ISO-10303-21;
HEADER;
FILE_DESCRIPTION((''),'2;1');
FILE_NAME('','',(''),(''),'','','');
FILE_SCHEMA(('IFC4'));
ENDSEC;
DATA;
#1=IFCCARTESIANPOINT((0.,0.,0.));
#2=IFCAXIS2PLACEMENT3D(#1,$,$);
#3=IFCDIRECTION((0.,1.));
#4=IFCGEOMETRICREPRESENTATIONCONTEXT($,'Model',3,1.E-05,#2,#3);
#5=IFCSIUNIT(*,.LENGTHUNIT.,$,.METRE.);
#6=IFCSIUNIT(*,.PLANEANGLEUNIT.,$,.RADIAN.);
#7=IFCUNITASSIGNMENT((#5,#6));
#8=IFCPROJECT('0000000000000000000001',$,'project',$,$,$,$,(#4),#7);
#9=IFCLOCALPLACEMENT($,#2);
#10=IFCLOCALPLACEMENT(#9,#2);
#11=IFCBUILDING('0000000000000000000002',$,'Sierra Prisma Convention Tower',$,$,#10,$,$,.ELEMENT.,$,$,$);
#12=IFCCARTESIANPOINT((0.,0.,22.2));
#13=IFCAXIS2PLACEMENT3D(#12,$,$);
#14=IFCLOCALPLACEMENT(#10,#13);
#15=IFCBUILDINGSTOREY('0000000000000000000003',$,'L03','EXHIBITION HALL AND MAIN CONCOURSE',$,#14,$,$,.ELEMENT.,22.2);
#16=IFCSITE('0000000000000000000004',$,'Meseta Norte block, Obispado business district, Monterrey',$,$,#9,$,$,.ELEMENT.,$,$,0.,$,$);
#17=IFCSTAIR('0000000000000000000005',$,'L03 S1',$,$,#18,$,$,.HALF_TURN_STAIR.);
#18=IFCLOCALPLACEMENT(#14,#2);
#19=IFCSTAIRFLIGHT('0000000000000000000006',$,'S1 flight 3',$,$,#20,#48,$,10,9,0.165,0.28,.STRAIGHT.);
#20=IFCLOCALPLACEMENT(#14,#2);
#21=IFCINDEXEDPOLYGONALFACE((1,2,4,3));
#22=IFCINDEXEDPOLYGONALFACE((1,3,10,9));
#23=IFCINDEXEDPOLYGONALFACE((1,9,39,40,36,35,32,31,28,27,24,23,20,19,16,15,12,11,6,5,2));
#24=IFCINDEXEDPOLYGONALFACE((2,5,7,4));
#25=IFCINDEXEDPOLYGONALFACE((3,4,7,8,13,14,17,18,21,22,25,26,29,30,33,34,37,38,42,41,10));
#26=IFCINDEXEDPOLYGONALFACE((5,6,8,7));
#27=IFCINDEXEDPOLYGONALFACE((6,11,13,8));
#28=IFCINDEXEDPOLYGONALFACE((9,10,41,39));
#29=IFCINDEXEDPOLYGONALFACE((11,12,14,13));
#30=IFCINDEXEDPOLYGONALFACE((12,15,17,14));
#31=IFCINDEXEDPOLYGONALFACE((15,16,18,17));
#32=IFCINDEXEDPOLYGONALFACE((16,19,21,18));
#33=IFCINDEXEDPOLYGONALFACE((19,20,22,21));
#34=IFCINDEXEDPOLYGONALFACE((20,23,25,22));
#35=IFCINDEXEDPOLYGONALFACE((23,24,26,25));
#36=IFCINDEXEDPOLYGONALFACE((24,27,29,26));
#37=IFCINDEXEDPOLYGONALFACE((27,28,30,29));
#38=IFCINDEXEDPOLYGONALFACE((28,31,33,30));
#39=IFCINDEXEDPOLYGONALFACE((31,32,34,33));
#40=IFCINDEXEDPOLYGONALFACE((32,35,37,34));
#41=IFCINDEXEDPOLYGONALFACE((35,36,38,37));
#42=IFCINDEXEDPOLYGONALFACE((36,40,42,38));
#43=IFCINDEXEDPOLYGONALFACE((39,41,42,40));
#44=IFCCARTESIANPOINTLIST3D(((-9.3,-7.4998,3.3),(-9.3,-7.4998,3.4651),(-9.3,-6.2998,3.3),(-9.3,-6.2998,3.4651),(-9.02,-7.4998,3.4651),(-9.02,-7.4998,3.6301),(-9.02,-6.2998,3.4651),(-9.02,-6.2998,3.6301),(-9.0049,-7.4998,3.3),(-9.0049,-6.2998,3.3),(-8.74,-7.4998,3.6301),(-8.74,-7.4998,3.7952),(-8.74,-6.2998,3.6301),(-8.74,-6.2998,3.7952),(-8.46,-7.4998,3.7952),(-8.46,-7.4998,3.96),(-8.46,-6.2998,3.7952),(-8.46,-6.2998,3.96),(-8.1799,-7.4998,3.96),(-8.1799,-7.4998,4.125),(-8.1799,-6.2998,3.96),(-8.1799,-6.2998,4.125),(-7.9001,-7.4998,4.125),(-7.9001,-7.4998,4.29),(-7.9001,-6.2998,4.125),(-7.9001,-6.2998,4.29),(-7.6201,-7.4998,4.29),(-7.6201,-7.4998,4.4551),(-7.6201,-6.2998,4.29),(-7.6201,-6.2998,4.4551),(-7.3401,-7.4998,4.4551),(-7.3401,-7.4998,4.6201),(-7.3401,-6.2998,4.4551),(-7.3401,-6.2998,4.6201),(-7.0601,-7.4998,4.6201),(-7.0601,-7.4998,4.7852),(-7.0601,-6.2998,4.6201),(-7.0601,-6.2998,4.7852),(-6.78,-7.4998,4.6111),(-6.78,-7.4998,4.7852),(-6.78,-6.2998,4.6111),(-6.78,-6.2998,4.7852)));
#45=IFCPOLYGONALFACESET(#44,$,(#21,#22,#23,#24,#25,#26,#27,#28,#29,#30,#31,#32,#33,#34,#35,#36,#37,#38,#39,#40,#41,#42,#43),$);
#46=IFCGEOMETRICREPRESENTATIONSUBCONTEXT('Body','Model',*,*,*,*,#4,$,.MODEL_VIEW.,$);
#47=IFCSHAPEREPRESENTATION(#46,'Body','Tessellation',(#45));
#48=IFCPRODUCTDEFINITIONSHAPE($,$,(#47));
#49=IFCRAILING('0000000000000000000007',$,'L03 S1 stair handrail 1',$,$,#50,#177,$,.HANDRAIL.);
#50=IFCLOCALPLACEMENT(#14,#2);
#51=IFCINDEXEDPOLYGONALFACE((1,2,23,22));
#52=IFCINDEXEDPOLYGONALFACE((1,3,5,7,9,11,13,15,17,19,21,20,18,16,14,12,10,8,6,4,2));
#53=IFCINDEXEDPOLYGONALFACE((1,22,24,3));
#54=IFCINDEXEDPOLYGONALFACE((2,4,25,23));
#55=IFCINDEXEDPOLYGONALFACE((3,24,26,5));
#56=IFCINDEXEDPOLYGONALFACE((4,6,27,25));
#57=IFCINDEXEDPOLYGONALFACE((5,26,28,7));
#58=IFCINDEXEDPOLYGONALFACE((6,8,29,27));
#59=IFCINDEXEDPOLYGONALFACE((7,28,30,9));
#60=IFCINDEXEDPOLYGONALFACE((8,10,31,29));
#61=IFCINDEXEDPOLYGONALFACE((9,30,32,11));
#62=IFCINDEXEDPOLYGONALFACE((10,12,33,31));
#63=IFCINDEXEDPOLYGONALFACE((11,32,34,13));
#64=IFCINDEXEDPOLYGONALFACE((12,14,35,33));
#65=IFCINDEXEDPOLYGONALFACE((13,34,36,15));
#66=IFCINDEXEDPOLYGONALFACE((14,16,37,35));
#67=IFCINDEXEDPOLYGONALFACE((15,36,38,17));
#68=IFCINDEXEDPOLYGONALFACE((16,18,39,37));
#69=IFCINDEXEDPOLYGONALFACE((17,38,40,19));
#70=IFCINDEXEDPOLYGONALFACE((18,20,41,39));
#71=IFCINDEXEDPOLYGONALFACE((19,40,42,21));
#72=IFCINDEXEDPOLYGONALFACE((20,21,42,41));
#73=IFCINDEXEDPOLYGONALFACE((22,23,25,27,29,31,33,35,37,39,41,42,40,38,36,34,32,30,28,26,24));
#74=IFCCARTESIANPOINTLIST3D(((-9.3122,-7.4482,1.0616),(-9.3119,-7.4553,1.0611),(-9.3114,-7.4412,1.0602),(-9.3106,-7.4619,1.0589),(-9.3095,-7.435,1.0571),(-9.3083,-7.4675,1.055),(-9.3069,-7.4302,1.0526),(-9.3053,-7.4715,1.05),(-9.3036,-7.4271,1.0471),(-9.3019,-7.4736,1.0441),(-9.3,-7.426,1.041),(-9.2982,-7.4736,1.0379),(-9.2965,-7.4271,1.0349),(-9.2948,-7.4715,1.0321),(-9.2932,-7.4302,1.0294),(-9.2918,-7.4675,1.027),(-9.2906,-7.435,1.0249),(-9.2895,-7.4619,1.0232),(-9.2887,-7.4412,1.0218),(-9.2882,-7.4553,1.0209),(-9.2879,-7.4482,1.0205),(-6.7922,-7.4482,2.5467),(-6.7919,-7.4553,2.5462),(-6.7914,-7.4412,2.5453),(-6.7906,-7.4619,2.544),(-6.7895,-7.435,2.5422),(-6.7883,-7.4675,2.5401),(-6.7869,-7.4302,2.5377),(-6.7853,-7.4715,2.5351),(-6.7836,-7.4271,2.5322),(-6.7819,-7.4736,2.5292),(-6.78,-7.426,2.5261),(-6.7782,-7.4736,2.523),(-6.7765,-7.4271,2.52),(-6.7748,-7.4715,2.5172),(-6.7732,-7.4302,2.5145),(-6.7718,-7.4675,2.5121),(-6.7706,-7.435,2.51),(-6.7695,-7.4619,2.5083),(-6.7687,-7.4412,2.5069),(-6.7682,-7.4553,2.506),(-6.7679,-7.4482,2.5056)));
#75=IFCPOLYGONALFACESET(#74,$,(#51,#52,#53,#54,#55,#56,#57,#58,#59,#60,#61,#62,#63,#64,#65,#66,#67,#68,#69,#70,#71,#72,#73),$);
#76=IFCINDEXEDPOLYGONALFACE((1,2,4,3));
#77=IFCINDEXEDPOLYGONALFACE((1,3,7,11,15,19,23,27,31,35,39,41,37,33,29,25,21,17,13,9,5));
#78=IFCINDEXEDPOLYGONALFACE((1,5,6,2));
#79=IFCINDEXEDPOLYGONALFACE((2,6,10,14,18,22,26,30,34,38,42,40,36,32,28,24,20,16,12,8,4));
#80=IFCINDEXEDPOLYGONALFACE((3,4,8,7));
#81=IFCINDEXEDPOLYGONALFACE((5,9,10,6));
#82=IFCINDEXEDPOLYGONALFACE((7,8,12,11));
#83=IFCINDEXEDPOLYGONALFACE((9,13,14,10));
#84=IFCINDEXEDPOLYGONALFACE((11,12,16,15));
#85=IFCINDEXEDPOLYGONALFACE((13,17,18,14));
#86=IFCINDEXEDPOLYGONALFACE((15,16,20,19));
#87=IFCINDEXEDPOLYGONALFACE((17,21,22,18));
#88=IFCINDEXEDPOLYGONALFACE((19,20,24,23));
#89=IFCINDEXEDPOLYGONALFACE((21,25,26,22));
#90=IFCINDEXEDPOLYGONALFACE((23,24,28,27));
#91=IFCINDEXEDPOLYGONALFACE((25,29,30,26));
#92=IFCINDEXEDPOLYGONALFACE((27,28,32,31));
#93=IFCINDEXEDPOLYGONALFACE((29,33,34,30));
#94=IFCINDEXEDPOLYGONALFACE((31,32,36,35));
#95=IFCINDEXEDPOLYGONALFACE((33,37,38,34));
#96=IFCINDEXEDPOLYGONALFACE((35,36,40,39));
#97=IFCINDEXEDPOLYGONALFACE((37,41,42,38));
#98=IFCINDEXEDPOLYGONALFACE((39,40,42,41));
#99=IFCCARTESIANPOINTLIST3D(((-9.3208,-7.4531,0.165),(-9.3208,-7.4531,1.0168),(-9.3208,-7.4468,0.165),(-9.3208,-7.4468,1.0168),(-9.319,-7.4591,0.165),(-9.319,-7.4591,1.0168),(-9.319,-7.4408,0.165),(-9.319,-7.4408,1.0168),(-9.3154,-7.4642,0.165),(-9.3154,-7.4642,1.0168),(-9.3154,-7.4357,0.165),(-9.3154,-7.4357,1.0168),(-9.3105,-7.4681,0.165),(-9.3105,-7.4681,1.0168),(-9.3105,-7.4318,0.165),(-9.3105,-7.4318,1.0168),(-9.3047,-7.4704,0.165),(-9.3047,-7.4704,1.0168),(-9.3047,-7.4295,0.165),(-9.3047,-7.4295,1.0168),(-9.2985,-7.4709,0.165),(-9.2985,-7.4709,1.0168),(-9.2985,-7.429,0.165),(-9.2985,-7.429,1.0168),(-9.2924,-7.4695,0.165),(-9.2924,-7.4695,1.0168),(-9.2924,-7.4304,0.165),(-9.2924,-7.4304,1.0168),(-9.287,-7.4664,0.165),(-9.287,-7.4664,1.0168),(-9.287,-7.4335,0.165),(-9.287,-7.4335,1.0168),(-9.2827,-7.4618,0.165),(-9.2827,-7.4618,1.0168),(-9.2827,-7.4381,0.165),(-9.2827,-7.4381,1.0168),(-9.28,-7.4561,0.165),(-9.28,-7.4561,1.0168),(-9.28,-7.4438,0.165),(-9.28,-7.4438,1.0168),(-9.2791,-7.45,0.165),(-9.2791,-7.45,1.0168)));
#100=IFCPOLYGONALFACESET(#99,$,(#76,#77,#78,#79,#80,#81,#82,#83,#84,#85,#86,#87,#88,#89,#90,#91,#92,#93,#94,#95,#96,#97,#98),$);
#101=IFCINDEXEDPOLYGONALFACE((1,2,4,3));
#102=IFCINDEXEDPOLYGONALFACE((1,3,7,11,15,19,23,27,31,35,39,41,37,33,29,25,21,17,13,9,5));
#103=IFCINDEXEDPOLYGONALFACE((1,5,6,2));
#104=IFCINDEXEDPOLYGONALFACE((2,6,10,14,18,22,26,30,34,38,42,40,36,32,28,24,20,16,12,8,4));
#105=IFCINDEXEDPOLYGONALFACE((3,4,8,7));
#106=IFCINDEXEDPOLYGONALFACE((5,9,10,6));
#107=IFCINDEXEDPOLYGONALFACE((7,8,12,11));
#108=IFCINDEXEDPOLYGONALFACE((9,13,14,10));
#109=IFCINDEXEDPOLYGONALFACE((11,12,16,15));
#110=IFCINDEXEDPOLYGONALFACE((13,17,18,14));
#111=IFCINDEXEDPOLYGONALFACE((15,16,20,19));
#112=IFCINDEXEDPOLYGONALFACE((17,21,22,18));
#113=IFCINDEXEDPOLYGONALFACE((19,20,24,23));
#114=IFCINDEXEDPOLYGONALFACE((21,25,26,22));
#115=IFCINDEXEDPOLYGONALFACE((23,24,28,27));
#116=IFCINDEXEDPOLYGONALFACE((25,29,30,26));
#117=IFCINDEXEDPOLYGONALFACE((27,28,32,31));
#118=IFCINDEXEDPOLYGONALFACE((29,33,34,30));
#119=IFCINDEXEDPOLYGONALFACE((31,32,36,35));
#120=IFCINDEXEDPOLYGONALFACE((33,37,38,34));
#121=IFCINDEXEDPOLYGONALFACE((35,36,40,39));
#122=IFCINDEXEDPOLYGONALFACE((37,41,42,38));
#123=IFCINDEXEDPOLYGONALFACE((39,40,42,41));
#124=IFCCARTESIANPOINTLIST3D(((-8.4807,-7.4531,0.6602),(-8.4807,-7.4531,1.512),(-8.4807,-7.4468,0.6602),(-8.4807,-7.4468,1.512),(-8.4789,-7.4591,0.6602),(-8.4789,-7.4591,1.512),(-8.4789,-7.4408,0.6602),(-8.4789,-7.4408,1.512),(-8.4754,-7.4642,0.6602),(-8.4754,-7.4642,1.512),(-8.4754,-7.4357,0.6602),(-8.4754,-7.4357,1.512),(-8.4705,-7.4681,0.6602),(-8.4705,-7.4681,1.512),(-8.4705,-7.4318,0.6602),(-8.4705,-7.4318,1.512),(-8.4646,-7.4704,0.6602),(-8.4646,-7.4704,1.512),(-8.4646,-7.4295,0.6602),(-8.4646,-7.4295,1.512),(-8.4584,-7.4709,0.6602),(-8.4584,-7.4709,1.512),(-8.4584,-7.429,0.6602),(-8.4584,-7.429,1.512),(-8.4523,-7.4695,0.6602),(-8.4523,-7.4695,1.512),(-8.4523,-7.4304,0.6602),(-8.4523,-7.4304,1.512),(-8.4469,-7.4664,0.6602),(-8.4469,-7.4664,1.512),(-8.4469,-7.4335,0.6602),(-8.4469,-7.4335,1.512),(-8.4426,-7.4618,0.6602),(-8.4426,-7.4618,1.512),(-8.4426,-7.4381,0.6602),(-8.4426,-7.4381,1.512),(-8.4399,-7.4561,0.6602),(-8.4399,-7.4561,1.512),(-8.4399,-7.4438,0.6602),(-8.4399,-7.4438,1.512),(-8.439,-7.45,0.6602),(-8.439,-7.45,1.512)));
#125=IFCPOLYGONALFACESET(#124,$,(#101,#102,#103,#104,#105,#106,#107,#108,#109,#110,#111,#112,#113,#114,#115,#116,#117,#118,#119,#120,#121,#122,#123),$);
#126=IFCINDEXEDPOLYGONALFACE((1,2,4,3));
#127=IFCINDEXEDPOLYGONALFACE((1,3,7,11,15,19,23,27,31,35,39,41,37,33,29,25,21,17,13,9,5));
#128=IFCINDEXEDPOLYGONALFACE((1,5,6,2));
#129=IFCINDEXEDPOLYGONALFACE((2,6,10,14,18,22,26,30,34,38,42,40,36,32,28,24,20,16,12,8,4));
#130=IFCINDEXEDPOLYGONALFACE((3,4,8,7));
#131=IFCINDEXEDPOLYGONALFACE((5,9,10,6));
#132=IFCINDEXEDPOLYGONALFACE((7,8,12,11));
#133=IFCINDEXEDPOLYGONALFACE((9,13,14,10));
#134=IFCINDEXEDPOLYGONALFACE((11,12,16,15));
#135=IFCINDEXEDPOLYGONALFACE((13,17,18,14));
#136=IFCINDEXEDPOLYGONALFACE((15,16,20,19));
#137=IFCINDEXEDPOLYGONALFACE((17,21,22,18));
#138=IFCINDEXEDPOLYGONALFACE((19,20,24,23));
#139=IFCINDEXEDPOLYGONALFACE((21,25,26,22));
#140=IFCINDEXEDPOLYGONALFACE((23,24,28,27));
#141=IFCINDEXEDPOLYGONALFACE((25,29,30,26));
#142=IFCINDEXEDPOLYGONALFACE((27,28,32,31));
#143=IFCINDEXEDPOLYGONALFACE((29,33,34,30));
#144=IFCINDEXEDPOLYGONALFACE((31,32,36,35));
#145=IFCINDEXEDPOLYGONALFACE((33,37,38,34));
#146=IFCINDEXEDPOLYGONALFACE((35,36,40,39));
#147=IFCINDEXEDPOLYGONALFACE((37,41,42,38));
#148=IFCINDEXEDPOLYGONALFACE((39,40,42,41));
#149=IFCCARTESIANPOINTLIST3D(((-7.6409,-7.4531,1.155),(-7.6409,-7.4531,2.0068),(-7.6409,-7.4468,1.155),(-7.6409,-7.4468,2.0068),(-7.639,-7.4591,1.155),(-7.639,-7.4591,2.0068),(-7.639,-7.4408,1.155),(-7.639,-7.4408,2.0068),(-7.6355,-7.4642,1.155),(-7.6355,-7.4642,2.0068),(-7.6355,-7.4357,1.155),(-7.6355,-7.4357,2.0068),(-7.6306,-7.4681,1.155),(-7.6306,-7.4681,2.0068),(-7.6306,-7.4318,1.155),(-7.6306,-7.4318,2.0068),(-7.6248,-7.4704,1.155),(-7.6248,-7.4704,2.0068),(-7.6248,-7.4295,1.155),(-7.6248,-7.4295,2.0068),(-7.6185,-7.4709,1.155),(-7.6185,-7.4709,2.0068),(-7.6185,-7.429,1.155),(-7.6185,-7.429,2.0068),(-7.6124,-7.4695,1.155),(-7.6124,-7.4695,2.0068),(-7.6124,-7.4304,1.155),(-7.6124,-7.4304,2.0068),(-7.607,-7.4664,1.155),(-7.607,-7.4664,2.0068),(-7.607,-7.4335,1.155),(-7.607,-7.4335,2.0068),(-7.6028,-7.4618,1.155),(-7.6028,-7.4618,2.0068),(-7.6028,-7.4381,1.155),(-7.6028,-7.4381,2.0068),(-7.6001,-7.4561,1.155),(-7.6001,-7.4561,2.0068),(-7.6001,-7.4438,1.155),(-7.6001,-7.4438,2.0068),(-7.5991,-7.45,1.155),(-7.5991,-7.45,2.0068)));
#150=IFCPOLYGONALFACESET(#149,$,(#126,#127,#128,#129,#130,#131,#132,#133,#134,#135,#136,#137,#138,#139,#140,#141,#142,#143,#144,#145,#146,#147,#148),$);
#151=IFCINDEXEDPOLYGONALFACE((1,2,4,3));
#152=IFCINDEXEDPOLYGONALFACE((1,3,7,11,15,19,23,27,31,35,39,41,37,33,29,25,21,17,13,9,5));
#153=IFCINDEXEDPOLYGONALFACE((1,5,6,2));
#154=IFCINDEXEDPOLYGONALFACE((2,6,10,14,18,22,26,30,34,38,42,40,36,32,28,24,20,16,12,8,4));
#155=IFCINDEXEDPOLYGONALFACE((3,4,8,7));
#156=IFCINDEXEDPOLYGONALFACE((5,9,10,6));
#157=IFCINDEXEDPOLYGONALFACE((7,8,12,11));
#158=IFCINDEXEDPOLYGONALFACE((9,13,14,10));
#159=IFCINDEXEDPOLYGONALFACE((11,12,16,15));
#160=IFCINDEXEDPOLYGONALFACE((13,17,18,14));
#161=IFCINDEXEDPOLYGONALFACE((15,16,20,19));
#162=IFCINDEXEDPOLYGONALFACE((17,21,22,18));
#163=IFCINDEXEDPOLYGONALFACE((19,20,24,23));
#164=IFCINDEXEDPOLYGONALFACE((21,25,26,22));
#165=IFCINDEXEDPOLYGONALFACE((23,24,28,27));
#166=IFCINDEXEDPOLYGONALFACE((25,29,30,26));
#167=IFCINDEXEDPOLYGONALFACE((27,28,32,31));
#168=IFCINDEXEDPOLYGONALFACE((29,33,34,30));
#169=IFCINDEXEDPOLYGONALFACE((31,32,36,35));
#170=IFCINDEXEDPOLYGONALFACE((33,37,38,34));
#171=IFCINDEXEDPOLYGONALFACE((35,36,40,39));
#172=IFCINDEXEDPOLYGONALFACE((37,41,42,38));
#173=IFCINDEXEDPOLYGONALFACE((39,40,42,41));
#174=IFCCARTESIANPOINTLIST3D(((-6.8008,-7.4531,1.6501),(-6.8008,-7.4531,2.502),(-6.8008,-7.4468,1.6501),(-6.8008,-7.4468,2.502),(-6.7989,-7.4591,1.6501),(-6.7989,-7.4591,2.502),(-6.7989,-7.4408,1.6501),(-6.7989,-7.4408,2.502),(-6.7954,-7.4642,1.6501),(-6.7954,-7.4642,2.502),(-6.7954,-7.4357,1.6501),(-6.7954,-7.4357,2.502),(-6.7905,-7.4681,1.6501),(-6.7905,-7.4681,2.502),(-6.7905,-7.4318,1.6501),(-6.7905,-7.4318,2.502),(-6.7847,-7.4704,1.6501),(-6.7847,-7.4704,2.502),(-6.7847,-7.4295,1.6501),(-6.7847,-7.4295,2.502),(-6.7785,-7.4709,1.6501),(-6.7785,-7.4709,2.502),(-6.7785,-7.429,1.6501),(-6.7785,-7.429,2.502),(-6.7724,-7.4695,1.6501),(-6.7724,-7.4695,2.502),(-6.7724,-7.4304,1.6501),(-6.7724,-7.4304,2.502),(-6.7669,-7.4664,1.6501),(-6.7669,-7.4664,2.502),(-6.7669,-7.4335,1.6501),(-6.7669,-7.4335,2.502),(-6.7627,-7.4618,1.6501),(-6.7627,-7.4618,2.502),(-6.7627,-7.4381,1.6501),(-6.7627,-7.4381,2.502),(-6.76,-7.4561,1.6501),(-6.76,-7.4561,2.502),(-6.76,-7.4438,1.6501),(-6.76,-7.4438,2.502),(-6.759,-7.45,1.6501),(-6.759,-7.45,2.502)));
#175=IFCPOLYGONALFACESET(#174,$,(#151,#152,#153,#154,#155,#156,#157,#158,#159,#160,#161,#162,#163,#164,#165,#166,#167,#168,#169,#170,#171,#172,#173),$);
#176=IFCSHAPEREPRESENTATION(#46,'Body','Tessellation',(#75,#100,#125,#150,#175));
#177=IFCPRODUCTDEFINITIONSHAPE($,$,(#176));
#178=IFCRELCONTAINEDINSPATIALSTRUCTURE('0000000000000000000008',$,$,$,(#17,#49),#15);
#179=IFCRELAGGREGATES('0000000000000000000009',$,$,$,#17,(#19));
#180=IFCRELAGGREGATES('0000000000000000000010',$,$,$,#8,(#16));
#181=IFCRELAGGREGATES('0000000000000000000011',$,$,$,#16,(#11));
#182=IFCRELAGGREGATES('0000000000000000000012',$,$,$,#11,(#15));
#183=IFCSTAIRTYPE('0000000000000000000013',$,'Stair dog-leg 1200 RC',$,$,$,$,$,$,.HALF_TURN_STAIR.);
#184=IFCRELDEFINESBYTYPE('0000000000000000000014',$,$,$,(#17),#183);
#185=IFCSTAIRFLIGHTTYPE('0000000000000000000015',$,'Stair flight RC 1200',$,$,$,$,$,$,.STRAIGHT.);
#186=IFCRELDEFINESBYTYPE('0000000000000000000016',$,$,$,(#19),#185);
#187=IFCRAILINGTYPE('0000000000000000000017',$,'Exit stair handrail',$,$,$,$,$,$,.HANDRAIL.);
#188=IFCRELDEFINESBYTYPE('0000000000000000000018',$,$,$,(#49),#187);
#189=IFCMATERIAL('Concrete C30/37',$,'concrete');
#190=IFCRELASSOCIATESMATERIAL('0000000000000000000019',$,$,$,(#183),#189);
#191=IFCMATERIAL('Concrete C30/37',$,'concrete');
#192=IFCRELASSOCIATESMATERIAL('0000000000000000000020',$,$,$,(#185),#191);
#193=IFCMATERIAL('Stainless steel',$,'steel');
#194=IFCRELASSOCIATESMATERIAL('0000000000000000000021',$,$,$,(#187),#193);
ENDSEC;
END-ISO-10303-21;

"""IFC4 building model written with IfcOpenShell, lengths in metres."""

from ifc_helpers import new_model, si_unit, direction, frame, origin, origin_2d, place, context, subcontext, project, spatial, polyline, circle, outline, extrude, material, type_object, element, aggregate, save


model = new_model("IFC4")

# Units and contexts
model_context = context("Model", 3, precision=1e-05, world=origin(), true_north=direction((0.0, 1.0)))
body_context = subcontext(model_context, "Body", "Model", "MODEL_VIEW")
ifc_project = project(units=[si_unit("LENGTHUNIT", "METRE"), si_unit("PLANEANGLEUNIT", "RADIAN")], contexts=[model_context])

# Site, building, storey
site_placement = place(None, origin())
site = spatial("IfcSite", under=ifc_project, at=site_placement, Name="Meseta Norte block, Obispado business district, Monterrey", CompositionType="ELEMENT", RefElevation=0.0)
building_placement = place(site_placement, origin())
building = spatial("IfcBuilding", under=site, at=building_placement, Name="Sierra Prisma Convention Tower", CompositionType="ELEMENT")
storey_placement = place(building_placement, frame((0.0, 0.0, 22.2)))
storey = spatial("IfcBuildingStorey", under=building, at=storey_placement, Name="L03", Description="EXHIBITION HALL AND MAIN CONCOURSE", CompositionType="ELEMENT", Elevation=22.2)

# Stair, stair flight
ifc_material_1 = material(Name="Concrete C30/37", Category="concrete")
stair_type = type_object("IfcStairType", Name="Stair dog-leg 1200 RC", PredefinedType="HALF_TURN_STAIR", material=ifc_material_1)
stair_placement = place(storey_placement, origin())
stair = element("IfcStair", 1, at=stair_placement, inside=storey, type_object=stair_type, Name="L03 S1", PredefinedType="HALF_TURN_STAIR")
ifc_material_2 = material(Name="Concrete C30/37", Category="concrete")
stair_flight_type = type_object("IfcStairFlightType", Name="Stair flight RC 1200", PredefinedType="STRAIGHT", material=ifc_material_2)
stair_flight_1_placement = place(storey_placement, frame((-9.3, -6.8999, 3.3), z_axis=(0.0, 0.0, 1.0), x_axis=(1.0, 0.0, 0.0)))
stair_flight_1 = element("IfcStairFlight", 2, at=stair_flight_1_placement, type_object=stair_flight_type, Name="S1 flight 3", NumberOfRisers=10, NumberOfTreads=9, PredefinedType="STRAIGHT", RiserHeight=0.165, TreadLength=0.28, context=body_context, shape_type="SweptSolid", body=[
    extrude(outline(polyline([(0.0, 0.0), (0.0, 0.165), (0.28, 0.165), (0.28, 0.3301), (0.5601, 0.3301), (0.5601, 0.4951), (0.8401, 0.4951), (0.8401, 0.6599), (1.1201, 0.6599), (1.1201, 0.825), (1.3999, 0.825), (1.3999, 0.99), (1.6799, 0.99), (1.6799, 1.155), (1.96, 1.155), (1.96, 1.3201), (2.24, 1.3201), (2.24, 1.4851), (2.52, 1.4851), (2.52, 1.6499), (2.52, 1.311), (0.2952, 0.0), (0.0, 0.0)])), frame((0.0, 0.6001, 0.0), z_axis=(0.0, -1.0, 0.0), x_axis=(1.0, 0.0, 0.0)), (0.0, 0.0, 1.0), 1.2),
])
aggregate(stair, [stair_flight_1])

# Railing
ifc_material_3 = material(Name="Stainless steel", Category="steel")
railing_type_1 = type_object("IfcRailingType", Name="Exit stair handrail", PredefinedType="HANDRAIL", material=ifc_material_3)
railing_1_placement = place(storey_placement, frame((-9.3, -7.45, 0.165)))
element("IfcRailing", 3, at=railing_1_placement, inside=storey, type_object=railing_type_1, Name="L03 S1 stair handrail 1", PredefinedType="HANDRAIL", context=body_context, shape_type="SweptSolid", body=[
    extrude(circle(Radius=0.0239, at=origin_2d()), frame((0.0, 0.0, 0.876), z_axis=(0.861524, 0.0, 0.507717), x_axis=(0.0, 1.0, 0.0)), (0.0, 0.0, 1.0), 2.925),
    extrude(circle(Radius=0.021, at=origin_2d()), origin(), (0.0, 0.0, 1.0), 0.8518),
    extrude(circle(Radius=0.021, at=origin_2d()), frame((0.8401, 0.0, 0.4951)), (0.0, 0.0, 1.0), 0.8518),
    extrude(circle(Radius=0.021, at=origin_2d()), frame((1.6799, 0.0, 0.99)), (0.0, 0.0, 1.0), 0.8518),
    extrude(circle(Radius=0.021, at=origin_2d()), frame((2.52, 0.0, 1.4851)), (0.0, 0.0, 1.0), 0.8518),
])

save(model, "model.ifc")
